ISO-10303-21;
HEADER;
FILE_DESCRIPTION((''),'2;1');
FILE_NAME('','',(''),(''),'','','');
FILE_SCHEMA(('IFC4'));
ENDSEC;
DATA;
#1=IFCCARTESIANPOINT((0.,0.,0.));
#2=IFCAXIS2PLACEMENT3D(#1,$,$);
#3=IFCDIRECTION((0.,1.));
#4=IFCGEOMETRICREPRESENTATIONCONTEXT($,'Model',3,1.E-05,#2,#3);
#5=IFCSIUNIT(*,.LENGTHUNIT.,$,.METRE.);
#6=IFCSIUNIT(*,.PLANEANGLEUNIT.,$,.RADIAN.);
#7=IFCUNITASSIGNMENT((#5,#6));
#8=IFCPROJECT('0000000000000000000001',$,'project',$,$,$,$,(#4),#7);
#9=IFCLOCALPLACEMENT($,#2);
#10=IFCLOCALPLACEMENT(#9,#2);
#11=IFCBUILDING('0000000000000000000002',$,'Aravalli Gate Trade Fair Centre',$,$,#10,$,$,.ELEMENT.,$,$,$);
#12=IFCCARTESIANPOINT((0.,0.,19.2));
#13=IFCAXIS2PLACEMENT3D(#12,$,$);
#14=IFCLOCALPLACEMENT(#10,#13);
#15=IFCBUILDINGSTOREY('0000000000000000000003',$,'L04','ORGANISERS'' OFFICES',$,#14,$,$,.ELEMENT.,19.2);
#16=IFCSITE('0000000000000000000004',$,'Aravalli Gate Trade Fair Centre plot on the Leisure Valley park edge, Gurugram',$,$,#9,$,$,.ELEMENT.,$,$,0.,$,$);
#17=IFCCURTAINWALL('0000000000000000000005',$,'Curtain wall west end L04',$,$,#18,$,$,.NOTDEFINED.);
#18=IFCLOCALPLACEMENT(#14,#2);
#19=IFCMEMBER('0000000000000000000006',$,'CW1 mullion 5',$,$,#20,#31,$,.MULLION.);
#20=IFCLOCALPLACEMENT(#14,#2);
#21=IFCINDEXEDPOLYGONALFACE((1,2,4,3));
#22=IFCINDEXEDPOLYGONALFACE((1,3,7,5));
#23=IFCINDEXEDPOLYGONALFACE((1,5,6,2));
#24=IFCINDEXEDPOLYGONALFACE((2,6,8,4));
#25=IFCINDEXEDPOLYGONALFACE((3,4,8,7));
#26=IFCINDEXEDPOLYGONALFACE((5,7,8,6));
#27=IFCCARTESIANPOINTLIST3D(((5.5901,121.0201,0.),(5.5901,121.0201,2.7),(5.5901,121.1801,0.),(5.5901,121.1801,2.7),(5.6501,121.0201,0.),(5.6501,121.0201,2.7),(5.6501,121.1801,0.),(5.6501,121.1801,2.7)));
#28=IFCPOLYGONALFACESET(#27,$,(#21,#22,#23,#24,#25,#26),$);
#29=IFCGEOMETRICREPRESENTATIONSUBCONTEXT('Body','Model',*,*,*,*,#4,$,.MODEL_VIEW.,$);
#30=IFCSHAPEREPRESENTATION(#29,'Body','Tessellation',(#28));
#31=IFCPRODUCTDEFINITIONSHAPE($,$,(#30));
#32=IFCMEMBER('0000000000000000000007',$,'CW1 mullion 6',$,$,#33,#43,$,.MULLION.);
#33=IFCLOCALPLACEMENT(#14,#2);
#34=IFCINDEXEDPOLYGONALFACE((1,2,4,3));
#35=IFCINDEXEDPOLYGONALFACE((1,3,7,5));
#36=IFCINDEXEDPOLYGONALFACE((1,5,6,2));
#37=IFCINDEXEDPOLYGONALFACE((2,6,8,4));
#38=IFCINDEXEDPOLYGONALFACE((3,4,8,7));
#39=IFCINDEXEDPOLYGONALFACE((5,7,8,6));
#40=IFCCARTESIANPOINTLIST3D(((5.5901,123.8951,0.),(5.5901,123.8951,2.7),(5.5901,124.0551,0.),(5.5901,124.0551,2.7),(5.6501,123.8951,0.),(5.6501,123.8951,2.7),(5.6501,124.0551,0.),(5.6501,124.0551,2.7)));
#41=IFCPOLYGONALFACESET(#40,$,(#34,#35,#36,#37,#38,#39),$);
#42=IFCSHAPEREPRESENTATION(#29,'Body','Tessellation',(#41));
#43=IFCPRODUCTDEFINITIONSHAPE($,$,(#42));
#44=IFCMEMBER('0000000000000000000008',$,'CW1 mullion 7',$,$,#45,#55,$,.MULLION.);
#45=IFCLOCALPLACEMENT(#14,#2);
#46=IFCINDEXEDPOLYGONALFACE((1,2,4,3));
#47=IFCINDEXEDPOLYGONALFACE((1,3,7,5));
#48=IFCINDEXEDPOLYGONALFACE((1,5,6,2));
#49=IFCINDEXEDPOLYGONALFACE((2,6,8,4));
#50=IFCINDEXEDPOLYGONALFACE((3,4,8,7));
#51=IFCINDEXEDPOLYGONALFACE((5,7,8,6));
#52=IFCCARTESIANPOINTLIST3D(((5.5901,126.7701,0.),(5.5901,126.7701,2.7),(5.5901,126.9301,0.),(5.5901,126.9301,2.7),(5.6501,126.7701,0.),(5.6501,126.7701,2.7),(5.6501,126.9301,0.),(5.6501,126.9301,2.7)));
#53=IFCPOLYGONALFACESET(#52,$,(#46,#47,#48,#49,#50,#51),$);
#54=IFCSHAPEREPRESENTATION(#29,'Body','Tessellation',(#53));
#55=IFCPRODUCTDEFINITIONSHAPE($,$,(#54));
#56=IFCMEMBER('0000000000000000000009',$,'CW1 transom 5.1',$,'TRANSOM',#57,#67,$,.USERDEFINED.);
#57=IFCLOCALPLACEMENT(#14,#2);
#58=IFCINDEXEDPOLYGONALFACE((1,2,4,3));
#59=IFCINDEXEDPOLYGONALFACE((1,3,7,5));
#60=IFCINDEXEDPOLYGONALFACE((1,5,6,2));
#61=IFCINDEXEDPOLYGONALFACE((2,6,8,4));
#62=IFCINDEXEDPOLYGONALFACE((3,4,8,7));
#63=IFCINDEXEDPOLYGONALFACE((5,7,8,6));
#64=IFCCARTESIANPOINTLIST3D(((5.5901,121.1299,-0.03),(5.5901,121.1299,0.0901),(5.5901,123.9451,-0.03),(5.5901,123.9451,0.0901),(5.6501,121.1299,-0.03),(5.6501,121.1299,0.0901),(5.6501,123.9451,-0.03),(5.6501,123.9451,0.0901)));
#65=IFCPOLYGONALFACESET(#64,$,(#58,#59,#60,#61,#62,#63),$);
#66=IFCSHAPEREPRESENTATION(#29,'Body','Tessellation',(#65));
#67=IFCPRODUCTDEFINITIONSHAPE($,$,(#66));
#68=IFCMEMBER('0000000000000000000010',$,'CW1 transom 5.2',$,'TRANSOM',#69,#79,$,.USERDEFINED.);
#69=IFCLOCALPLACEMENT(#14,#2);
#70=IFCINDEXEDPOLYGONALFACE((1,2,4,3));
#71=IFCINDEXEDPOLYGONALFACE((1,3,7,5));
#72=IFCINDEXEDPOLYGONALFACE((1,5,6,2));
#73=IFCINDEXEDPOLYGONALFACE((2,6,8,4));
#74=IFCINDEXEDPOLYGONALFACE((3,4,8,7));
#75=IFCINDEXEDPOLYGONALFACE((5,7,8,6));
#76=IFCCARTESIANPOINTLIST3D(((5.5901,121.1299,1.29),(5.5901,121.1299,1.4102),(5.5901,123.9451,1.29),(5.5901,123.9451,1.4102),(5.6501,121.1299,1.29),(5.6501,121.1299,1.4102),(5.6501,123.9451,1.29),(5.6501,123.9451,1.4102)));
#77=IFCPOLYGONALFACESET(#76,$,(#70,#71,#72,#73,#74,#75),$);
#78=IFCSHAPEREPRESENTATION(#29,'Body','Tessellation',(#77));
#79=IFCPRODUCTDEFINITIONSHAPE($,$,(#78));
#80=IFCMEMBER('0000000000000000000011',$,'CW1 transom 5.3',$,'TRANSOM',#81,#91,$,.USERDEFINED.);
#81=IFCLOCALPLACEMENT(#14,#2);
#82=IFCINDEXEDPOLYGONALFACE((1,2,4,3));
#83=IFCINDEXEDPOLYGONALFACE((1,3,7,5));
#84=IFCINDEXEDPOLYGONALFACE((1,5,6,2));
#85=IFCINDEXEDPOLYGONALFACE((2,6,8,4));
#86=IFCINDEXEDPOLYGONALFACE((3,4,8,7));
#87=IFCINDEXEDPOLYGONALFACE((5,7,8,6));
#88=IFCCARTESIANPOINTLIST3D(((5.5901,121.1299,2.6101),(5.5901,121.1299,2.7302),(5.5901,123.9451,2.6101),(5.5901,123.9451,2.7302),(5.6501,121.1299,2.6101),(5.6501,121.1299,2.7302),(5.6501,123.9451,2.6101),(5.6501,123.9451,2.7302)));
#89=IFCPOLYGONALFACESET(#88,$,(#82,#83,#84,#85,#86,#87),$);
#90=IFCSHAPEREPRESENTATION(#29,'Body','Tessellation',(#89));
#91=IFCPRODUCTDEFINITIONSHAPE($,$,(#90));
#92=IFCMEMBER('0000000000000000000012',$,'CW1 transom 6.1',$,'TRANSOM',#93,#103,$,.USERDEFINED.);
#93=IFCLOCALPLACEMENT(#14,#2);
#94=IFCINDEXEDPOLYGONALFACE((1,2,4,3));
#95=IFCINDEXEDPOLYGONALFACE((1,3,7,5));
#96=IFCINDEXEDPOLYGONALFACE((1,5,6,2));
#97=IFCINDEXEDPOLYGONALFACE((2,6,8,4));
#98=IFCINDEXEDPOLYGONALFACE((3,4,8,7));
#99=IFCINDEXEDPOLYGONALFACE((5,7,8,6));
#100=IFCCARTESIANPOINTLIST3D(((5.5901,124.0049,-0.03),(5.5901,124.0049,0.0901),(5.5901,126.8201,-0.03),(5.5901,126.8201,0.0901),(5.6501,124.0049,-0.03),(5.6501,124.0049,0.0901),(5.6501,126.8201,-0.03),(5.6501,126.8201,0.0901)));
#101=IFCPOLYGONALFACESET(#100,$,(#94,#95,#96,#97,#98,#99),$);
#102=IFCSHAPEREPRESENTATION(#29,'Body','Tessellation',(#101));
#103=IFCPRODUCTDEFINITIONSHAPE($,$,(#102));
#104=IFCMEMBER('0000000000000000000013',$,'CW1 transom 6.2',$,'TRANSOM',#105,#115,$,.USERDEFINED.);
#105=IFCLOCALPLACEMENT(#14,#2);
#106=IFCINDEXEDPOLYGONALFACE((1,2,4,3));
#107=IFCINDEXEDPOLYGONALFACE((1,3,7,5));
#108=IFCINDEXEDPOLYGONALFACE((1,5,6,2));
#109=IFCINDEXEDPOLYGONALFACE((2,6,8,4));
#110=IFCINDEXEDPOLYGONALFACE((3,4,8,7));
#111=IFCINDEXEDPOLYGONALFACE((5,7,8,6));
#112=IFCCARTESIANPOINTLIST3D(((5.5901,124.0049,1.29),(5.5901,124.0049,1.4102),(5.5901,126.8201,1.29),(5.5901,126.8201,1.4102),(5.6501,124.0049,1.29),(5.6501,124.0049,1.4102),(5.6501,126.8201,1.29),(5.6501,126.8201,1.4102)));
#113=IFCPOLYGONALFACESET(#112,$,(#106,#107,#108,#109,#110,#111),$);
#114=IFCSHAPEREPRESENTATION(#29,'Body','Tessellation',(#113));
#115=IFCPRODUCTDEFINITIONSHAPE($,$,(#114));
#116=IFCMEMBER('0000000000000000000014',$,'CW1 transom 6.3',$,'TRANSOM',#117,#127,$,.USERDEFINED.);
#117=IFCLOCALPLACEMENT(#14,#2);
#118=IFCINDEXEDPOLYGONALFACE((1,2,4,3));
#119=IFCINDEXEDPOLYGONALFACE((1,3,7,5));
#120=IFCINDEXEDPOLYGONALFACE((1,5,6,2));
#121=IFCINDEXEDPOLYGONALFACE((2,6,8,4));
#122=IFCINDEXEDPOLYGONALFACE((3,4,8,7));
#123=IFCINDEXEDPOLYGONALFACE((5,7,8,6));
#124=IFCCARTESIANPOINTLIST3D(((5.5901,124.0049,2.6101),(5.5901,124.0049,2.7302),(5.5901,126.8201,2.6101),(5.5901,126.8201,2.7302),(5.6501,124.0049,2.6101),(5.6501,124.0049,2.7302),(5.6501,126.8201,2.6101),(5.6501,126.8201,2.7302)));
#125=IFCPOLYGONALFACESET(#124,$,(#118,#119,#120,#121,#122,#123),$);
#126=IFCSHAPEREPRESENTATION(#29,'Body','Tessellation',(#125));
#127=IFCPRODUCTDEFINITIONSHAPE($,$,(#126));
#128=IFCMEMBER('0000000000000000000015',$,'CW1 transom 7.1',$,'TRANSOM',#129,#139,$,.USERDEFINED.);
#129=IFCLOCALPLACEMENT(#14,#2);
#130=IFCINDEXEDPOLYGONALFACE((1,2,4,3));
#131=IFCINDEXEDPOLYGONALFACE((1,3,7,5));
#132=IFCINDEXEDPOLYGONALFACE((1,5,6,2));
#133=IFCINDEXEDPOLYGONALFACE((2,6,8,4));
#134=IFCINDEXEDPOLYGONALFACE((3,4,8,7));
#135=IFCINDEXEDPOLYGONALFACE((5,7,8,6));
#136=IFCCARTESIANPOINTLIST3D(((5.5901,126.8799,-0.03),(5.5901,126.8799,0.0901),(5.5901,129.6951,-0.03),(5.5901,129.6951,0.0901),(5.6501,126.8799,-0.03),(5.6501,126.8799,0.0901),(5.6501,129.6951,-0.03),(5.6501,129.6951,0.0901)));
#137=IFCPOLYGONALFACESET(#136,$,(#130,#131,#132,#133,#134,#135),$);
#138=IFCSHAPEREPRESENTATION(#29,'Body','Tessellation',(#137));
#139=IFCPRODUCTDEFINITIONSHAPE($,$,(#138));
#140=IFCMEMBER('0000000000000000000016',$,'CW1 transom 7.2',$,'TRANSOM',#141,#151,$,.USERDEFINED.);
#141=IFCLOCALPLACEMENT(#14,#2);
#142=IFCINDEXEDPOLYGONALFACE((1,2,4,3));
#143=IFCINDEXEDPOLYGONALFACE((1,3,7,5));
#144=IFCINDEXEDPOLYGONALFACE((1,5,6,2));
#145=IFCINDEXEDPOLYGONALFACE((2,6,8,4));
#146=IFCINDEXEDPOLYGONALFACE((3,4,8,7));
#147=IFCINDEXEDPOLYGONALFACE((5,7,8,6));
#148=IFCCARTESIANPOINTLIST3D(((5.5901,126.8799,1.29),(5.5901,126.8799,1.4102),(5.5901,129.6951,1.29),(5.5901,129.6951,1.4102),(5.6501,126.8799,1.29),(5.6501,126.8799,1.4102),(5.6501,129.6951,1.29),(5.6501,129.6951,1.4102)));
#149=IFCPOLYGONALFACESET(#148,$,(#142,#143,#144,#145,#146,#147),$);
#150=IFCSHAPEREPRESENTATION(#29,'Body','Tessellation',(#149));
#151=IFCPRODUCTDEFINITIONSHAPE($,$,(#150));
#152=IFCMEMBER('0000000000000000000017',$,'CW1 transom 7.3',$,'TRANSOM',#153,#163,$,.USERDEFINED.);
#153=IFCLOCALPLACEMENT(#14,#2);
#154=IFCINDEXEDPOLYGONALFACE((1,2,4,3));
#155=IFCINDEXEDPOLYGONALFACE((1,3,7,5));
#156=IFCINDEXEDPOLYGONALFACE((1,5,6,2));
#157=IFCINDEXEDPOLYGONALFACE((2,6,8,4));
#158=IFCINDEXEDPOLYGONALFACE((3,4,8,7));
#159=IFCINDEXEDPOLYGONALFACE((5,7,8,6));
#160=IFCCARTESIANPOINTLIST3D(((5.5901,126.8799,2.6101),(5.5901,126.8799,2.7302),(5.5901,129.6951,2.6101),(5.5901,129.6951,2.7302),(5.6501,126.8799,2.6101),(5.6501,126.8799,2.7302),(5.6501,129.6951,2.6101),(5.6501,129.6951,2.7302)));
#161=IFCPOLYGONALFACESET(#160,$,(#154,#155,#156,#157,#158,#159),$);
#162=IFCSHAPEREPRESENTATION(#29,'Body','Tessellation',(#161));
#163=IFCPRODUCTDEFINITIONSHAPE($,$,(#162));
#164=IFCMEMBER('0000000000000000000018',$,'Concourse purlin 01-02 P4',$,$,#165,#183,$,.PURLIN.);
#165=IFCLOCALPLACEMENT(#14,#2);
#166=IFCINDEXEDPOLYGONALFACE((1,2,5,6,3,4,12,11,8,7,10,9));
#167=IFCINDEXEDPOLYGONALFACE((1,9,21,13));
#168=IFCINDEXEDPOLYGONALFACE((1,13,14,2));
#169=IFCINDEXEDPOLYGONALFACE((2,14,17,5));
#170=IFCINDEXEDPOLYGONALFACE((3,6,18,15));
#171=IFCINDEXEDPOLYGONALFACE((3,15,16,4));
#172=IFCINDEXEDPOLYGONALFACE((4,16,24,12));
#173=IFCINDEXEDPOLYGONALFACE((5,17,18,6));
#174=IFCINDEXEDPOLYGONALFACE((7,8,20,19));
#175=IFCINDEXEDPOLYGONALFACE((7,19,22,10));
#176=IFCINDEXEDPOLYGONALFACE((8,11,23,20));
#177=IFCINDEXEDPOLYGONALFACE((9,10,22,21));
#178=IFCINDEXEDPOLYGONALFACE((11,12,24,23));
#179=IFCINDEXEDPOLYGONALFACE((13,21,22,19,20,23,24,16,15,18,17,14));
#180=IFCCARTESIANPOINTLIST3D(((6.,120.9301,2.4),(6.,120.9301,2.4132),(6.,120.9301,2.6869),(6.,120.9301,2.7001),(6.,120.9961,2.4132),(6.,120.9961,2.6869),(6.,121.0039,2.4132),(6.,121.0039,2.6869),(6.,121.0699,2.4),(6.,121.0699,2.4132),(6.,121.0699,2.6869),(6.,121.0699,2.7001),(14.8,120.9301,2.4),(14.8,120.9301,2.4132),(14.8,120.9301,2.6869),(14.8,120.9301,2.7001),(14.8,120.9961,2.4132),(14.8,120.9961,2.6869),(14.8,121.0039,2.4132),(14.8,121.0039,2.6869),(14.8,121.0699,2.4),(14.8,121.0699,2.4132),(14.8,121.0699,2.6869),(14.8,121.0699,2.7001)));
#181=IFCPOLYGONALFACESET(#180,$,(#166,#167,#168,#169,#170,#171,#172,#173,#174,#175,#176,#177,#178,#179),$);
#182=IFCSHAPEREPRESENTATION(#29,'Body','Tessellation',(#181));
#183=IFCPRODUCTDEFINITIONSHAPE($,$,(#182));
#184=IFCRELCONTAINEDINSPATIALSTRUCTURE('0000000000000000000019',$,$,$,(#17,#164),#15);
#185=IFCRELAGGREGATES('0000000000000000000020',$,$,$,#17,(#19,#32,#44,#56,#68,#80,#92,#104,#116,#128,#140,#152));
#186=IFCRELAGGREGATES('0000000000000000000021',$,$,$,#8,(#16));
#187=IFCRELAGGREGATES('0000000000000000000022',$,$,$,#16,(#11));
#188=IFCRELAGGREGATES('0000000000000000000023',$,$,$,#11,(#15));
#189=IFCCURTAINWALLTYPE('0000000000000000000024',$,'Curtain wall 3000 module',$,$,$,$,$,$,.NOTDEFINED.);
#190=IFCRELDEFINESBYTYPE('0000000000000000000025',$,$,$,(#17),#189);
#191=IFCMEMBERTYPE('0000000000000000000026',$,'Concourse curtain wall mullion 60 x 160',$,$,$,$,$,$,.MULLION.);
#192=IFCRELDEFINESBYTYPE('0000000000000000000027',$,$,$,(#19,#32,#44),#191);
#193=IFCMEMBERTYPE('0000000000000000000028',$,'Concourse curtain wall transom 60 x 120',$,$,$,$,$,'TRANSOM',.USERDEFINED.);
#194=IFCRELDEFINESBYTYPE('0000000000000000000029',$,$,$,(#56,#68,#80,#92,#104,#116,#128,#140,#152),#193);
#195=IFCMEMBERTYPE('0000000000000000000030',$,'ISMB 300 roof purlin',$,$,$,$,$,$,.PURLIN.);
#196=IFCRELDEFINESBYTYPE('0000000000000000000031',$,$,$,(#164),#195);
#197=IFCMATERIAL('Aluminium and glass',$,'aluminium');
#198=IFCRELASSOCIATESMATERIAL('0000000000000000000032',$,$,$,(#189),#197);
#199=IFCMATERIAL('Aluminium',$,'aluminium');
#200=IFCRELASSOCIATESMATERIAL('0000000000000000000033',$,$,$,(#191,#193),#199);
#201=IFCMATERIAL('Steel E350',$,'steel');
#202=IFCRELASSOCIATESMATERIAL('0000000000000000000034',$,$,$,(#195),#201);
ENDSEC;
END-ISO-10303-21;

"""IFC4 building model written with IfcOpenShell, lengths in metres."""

from ifc_helpers import new_model, si_unit, direction, frame, origin, origin_2d, place, context, subcontext, project, spatial, rectangle, i_section, extrude, material, material_profile, profile_set, type_object, element, aggregate, save


model = new_model("IFC4")

# Units and contexts
model_context = context("Model", 3, precision=1e-05, world=origin(), true_north=direction((0.0, 1.0)))
body_context = subcontext(model_context, "Body", "Model", "MODEL_VIEW")
ifc_project = project(units=[si_unit("LENGTHUNIT", "METRE"), si_unit("PLANEANGLEUNIT", "RADIAN")], contexts=[model_context])

# Site, building, storey
site_placement = place(None, origin())
site = spatial("IfcSite", under=ifc_project, at=site_placement, Name="Aravalli Gate Trade Fair Centre plot on the Leisure Valley park edge, Gurugram", CompositionType="ELEMENT", RefElevation=0.0)
building_placement = place(site_placement, origin())
building = spatial("IfcBuilding", under=site, at=building_placement, Name="Aravalli Gate Trade Fair Centre", CompositionType="ELEMENT")
storey_placement = place(building_placement, frame((0.0, 0.0, 19.2)))
storey = spatial("IfcBuildingStorey", under=building, at=storey_placement, Name="L04", Description="ORGANISERS' OFFICES", CompositionType="ELEMENT", Elevation=19.2)

# Curtain wall, members
ifc_material_1 = material(Name="Aluminium and glass", Category="aluminium")
curtain_wall_type = type_object("IfcCurtainWallType", Name="Curtain wall 3000 module", PredefinedType="NOTDEFINED", material=ifc_material_1)
curtain_wall_placement = place(storey_placement, origin())
curtain_wall = element("IfcCurtainWall", 1, at=curtain_wall_placement, inside=storey, type_object=curtain_wall_type, Name="Curtain wall west end L04", PredefinedType="NOTDEFINED")
ifc_material_2 = material(Name="Aluminium", Category="aluminium")
ifc_material_profile_1 = material_profile(ifc_material_2, rectangle(XDim=0.0601, YDim=0.1599, at=origin_2d()), Name="Concourse curtain wall mullion 60 x 160")
ifc_profile_set_1 = profile_set([ifc_material_profile_1], Name="Aluminium")
member_type_1 = type_object("IfcMemberType", Name="Concourse curtain wall mullion 60 x 160", PredefinedType="MULLION", material=ifc_profile_set_1)
member_1_placement = place(storey_placement, frame((5.6201, 121.1001, 0.0), z_axis=(0.0, 0.0, 1.0), x_axis=(-1.0, 0.0, 0.0)))
member_1 = element("IfcMember", 2, at=member_1_placement, type_object=member_type_1, Name="CW1 mullion 5", PredefinedType="MULLION", context=body_context, shape_type="SweptSolid", body=[
    extrude(rectangle(XDim=0.0601, YDim=0.1599, at=origin_2d()), origin(), (0.0, 0.0, 1.0), 2.7),
])
member_2_placement = place(storey_placement, frame((5.6201, 123.9751, 0.0), z_axis=(0.0, 0.0, 1.0), x_axis=(-1.0, 0.0, 0.0)))
member_2 = element("IfcMember", 3, at=member_2_placement, type_object=member_type_1, Name="CW1 mullion 6", PredefinedType="MULLION", context=body_context, shape_type="SweptSolid", body=[
    extrude(rectangle(XDim=0.0601, YDim=0.1599, at=origin_2d()), origin(), (0.0, 0.0, 1.0), 2.7),
])
member_3_placement = place(storey_placement, frame((5.6201, 126.8501, 0.0), z_axis=(0.0, 0.0, 1.0), x_axis=(-1.0, 0.0, 0.0)))
member_3 = element("IfcMember", 4, at=member_3_placement, type_object=member_type_1, Name="CW1 mullion 7", PredefinedType="MULLION", context=body_context, shape_type="SweptSolid", body=[
    extrude(rectangle(XDim=0.0601, YDim=0.1599, at=origin_2d()), origin(), (0.0, 0.0, 1.0), 2.7),
])
ifc_material_profile_2 = material_profile(ifc_material_2, rectangle(XDim=0.0601, YDim=0.1201, at=origin_2d()), Name="Concourse curtain wall transom 60 x 120")
ifc_profile_set_2 = profile_set([ifc_material_profile_2], Name="Aluminium")
member_type_2 = type_object("IfcMemberType", Name="Concourse curtain wall transom 60 x 120", ElementType="TRANSOM", PredefinedType="USERDEFINED", material=ifc_profile_set_2)
member_4_placement = place(storey_placement, frame((5.6201, 121.1299, 0.03), z_axis=(0.0, 1.0, 0.0), x_axis=(-1.0, 0.0, 0.0)))
member_4 = element("IfcMember", 5, at=member_4_placement, type_object=member_type_2, Name="CW1 transom 5.1", ObjectType="TRANSOM", PredefinedType="USERDEFINED", context=body_context, shape_type="SweptSolid", body=[
    extrude(rectangle(XDim=0.0601, YDim=0.1201, at=origin_2d()), origin(), (0.0, 0.0, 1.0), 2.8152),
])
member_5_placement = place(storey_placement, frame((5.6201, 121.1299, 1.3501), z_axis=(0.0, 1.0, 0.0), x_axis=(-1.0, 0.0, 0.0)))
member_5 = element("IfcMember", 6, at=member_5_placement, type_object=member_type_2, Name="CW1 transom 5.2", ObjectType="TRANSOM", PredefinedType="USERDEFINED", context=body_context, shape_type="SweptSolid", body=[
    extrude(rectangle(XDim=0.0601, YDim=0.1201, at=origin_2d()), origin(), (0.0, 0.0, 1.0), 2.8152),
])
member_6_placement = place(storey_placement, frame((5.6201, 121.1299, 2.6702), z_axis=(0.0, 1.0, 0.0), x_axis=(-1.0, 0.0, 0.0)))
member_6 = element("IfcMember", 7, at=member_6_placement, type_object=member_type_2, Name="CW1 transom 5.3", ObjectType="TRANSOM", PredefinedType="USERDEFINED", context=body_context, shape_type="SweptSolid", body=[
    extrude(rectangle(XDim=0.0601, YDim=0.1201, at=origin_2d()), origin(), (0.0, 0.0, 1.0), 2.8152),
])
member_7_placement = place(storey_placement, frame((5.6201, 124.0049, 0.03), z_axis=(0.0, 1.0, 0.0), x_axis=(-1.0, 0.0, 0.0)))
member_7 = element("IfcMember", 8, at=member_7_placement, type_object=member_type_2, Name="CW1 transom 6.1", ObjectType="TRANSOM", PredefinedType="USERDEFINED", context=body_context, shape_type="SweptSolid", body=[
    extrude(rectangle(XDim=0.0601, YDim=0.1201, at=origin_2d()), origin(), (0.0, 0.0, 1.0), 2.8152),
])
member_8_placement = place(storey_placement, frame((5.6201, 124.0049, 1.3501), z_axis=(0.0, 1.0, 0.0), x_axis=(-1.0, 0.0, 0.0)))
member_8 = element("IfcMember", 9, at=member_8_placement, type_object=member_type_2, Name="CW1 transom 6.2", ObjectType="TRANSOM", PredefinedType="USERDEFINED", context=body_context, shape_type="SweptSolid", body=[
    extrude(rectangle(XDim=0.0601, YDim=0.1201, at=origin_2d()), origin(), (0.0, 0.0, 1.0), 2.8152),
])
member_9_placement = place(storey_placement, frame((5.6201, 124.0049, 2.6702), z_axis=(0.0, 1.0, 0.0), x_axis=(-1.0, 0.0, 0.0)))
member_9 = element("IfcMember", 10, at=member_9_placement, type_object=member_type_2, Name="CW1 transom 6.3", ObjectType="TRANSOM", PredefinedType="USERDEFINED", context=body_context, shape_type="SweptSolid", body=[
    extrude(rectangle(XDim=0.0601, YDim=0.1201, at=origin_2d()), origin(), (0.0, 0.0, 1.0), 2.8152),
])
member_10_placement = place(storey_placement, frame((5.6201, 126.8799, 0.03), z_axis=(0.0, 1.0, 0.0), x_axis=(-1.0, 0.0, 0.0)))
member_10 = element("IfcMember", 11, at=member_10_placement, type_object=member_type_2, Name="CW1 transom 7.1", ObjectType="TRANSOM", PredefinedType="USERDEFINED", context=body_context, shape_type="SweptSolid", body=[
    extrude(rectangle(XDim=0.0601, YDim=0.1201, at=origin_2d()), origin(), (0.0, 0.0, 1.0), 2.8152),
])
member_11_placement = place(storey_placement, frame((5.6201, 126.8799, 1.3501), z_axis=(0.0, 1.0, 0.0), x_axis=(-1.0, 0.0, 0.0)))
member_11 = element("IfcMember", 12, at=member_11_placement, type_object=member_type_2, Name="CW1 transom 7.2", ObjectType="TRANSOM", PredefinedType="USERDEFINED", context=body_context, shape_type="SweptSolid", body=[
    extrude(rectangle(XDim=0.0601, YDim=0.1201, at=origin_2d()), origin(), (0.0, 0.0, 1.0), 2.8152),
])
member_12_placement = place(storey_placement, frame((5.6201, 126.8799, 2.6702), z_axis=(0.0, 1.0, 0.0), x_axis=(-1.0, 0.0, 0.0)))
member_12 = element("IfcMember", 13, at=member_12_placement, type_object=member_type_2, Name="CW1 transom 7.3", ObjectType="TRANSOM", PredefinedType="USERDEFINED", context=body_context, shape_type="SweptSolid", body=[
    extrude(rectangle(XDim=0.0601, YDim=0.1201, at=origin_2d()), origin(), (0.0, 0.0, 1.0), 2.8152),
])

# Member
ifc_material_3 = material(Name="Steel E350", Category="steel")
ifc_material_profile_3 = material_profile(ifc_material_3, i_section(OverallWidth=0.1399, OverallDepth=0.3, WebThickness=0.0078, FlangeThickness=0.0132, at=origin_2d()), Name="ISMB 300")
ifc_profile_set_3 = profile_set([ifc_material_profile_3], Name="Steel E350")
member_type_3 = type_object("IfcMemberType", Name="ISMB 300 roof purlin", PredefinedType="PURLIN", material=ifc_profile_set_3)
member_13_placement = place(storey_placement, frame((6.0, 121.0, 2.55), z_axis=(1.0, 0.0, 0.0), x_axis=(0.0, 1.0, 0.0)))
element("IfcMember", 14, at=member_13_placement, inside=storey, type_object=member_type_3, Name="Concourse purlin 01-02 P4", PredefinedType="PURLIN", context=body_context, shape_type="SweptSolid", body=[
    extrude(i_section(OverallWidth=0.1399, OverallDepth=0.3, WebThickness=0.0078, FlangeThickness=0.0132, at=origin_2d()), origin(), (0.0, 0.0, 1.0), 8.8),
])

aggregate(curtain_wall, [member_1, member_2, member_3, member_4, member_5, member_6, member_7, member_8, member_9, member_10, member_11, member_12])

save(model, "model.ifc")
